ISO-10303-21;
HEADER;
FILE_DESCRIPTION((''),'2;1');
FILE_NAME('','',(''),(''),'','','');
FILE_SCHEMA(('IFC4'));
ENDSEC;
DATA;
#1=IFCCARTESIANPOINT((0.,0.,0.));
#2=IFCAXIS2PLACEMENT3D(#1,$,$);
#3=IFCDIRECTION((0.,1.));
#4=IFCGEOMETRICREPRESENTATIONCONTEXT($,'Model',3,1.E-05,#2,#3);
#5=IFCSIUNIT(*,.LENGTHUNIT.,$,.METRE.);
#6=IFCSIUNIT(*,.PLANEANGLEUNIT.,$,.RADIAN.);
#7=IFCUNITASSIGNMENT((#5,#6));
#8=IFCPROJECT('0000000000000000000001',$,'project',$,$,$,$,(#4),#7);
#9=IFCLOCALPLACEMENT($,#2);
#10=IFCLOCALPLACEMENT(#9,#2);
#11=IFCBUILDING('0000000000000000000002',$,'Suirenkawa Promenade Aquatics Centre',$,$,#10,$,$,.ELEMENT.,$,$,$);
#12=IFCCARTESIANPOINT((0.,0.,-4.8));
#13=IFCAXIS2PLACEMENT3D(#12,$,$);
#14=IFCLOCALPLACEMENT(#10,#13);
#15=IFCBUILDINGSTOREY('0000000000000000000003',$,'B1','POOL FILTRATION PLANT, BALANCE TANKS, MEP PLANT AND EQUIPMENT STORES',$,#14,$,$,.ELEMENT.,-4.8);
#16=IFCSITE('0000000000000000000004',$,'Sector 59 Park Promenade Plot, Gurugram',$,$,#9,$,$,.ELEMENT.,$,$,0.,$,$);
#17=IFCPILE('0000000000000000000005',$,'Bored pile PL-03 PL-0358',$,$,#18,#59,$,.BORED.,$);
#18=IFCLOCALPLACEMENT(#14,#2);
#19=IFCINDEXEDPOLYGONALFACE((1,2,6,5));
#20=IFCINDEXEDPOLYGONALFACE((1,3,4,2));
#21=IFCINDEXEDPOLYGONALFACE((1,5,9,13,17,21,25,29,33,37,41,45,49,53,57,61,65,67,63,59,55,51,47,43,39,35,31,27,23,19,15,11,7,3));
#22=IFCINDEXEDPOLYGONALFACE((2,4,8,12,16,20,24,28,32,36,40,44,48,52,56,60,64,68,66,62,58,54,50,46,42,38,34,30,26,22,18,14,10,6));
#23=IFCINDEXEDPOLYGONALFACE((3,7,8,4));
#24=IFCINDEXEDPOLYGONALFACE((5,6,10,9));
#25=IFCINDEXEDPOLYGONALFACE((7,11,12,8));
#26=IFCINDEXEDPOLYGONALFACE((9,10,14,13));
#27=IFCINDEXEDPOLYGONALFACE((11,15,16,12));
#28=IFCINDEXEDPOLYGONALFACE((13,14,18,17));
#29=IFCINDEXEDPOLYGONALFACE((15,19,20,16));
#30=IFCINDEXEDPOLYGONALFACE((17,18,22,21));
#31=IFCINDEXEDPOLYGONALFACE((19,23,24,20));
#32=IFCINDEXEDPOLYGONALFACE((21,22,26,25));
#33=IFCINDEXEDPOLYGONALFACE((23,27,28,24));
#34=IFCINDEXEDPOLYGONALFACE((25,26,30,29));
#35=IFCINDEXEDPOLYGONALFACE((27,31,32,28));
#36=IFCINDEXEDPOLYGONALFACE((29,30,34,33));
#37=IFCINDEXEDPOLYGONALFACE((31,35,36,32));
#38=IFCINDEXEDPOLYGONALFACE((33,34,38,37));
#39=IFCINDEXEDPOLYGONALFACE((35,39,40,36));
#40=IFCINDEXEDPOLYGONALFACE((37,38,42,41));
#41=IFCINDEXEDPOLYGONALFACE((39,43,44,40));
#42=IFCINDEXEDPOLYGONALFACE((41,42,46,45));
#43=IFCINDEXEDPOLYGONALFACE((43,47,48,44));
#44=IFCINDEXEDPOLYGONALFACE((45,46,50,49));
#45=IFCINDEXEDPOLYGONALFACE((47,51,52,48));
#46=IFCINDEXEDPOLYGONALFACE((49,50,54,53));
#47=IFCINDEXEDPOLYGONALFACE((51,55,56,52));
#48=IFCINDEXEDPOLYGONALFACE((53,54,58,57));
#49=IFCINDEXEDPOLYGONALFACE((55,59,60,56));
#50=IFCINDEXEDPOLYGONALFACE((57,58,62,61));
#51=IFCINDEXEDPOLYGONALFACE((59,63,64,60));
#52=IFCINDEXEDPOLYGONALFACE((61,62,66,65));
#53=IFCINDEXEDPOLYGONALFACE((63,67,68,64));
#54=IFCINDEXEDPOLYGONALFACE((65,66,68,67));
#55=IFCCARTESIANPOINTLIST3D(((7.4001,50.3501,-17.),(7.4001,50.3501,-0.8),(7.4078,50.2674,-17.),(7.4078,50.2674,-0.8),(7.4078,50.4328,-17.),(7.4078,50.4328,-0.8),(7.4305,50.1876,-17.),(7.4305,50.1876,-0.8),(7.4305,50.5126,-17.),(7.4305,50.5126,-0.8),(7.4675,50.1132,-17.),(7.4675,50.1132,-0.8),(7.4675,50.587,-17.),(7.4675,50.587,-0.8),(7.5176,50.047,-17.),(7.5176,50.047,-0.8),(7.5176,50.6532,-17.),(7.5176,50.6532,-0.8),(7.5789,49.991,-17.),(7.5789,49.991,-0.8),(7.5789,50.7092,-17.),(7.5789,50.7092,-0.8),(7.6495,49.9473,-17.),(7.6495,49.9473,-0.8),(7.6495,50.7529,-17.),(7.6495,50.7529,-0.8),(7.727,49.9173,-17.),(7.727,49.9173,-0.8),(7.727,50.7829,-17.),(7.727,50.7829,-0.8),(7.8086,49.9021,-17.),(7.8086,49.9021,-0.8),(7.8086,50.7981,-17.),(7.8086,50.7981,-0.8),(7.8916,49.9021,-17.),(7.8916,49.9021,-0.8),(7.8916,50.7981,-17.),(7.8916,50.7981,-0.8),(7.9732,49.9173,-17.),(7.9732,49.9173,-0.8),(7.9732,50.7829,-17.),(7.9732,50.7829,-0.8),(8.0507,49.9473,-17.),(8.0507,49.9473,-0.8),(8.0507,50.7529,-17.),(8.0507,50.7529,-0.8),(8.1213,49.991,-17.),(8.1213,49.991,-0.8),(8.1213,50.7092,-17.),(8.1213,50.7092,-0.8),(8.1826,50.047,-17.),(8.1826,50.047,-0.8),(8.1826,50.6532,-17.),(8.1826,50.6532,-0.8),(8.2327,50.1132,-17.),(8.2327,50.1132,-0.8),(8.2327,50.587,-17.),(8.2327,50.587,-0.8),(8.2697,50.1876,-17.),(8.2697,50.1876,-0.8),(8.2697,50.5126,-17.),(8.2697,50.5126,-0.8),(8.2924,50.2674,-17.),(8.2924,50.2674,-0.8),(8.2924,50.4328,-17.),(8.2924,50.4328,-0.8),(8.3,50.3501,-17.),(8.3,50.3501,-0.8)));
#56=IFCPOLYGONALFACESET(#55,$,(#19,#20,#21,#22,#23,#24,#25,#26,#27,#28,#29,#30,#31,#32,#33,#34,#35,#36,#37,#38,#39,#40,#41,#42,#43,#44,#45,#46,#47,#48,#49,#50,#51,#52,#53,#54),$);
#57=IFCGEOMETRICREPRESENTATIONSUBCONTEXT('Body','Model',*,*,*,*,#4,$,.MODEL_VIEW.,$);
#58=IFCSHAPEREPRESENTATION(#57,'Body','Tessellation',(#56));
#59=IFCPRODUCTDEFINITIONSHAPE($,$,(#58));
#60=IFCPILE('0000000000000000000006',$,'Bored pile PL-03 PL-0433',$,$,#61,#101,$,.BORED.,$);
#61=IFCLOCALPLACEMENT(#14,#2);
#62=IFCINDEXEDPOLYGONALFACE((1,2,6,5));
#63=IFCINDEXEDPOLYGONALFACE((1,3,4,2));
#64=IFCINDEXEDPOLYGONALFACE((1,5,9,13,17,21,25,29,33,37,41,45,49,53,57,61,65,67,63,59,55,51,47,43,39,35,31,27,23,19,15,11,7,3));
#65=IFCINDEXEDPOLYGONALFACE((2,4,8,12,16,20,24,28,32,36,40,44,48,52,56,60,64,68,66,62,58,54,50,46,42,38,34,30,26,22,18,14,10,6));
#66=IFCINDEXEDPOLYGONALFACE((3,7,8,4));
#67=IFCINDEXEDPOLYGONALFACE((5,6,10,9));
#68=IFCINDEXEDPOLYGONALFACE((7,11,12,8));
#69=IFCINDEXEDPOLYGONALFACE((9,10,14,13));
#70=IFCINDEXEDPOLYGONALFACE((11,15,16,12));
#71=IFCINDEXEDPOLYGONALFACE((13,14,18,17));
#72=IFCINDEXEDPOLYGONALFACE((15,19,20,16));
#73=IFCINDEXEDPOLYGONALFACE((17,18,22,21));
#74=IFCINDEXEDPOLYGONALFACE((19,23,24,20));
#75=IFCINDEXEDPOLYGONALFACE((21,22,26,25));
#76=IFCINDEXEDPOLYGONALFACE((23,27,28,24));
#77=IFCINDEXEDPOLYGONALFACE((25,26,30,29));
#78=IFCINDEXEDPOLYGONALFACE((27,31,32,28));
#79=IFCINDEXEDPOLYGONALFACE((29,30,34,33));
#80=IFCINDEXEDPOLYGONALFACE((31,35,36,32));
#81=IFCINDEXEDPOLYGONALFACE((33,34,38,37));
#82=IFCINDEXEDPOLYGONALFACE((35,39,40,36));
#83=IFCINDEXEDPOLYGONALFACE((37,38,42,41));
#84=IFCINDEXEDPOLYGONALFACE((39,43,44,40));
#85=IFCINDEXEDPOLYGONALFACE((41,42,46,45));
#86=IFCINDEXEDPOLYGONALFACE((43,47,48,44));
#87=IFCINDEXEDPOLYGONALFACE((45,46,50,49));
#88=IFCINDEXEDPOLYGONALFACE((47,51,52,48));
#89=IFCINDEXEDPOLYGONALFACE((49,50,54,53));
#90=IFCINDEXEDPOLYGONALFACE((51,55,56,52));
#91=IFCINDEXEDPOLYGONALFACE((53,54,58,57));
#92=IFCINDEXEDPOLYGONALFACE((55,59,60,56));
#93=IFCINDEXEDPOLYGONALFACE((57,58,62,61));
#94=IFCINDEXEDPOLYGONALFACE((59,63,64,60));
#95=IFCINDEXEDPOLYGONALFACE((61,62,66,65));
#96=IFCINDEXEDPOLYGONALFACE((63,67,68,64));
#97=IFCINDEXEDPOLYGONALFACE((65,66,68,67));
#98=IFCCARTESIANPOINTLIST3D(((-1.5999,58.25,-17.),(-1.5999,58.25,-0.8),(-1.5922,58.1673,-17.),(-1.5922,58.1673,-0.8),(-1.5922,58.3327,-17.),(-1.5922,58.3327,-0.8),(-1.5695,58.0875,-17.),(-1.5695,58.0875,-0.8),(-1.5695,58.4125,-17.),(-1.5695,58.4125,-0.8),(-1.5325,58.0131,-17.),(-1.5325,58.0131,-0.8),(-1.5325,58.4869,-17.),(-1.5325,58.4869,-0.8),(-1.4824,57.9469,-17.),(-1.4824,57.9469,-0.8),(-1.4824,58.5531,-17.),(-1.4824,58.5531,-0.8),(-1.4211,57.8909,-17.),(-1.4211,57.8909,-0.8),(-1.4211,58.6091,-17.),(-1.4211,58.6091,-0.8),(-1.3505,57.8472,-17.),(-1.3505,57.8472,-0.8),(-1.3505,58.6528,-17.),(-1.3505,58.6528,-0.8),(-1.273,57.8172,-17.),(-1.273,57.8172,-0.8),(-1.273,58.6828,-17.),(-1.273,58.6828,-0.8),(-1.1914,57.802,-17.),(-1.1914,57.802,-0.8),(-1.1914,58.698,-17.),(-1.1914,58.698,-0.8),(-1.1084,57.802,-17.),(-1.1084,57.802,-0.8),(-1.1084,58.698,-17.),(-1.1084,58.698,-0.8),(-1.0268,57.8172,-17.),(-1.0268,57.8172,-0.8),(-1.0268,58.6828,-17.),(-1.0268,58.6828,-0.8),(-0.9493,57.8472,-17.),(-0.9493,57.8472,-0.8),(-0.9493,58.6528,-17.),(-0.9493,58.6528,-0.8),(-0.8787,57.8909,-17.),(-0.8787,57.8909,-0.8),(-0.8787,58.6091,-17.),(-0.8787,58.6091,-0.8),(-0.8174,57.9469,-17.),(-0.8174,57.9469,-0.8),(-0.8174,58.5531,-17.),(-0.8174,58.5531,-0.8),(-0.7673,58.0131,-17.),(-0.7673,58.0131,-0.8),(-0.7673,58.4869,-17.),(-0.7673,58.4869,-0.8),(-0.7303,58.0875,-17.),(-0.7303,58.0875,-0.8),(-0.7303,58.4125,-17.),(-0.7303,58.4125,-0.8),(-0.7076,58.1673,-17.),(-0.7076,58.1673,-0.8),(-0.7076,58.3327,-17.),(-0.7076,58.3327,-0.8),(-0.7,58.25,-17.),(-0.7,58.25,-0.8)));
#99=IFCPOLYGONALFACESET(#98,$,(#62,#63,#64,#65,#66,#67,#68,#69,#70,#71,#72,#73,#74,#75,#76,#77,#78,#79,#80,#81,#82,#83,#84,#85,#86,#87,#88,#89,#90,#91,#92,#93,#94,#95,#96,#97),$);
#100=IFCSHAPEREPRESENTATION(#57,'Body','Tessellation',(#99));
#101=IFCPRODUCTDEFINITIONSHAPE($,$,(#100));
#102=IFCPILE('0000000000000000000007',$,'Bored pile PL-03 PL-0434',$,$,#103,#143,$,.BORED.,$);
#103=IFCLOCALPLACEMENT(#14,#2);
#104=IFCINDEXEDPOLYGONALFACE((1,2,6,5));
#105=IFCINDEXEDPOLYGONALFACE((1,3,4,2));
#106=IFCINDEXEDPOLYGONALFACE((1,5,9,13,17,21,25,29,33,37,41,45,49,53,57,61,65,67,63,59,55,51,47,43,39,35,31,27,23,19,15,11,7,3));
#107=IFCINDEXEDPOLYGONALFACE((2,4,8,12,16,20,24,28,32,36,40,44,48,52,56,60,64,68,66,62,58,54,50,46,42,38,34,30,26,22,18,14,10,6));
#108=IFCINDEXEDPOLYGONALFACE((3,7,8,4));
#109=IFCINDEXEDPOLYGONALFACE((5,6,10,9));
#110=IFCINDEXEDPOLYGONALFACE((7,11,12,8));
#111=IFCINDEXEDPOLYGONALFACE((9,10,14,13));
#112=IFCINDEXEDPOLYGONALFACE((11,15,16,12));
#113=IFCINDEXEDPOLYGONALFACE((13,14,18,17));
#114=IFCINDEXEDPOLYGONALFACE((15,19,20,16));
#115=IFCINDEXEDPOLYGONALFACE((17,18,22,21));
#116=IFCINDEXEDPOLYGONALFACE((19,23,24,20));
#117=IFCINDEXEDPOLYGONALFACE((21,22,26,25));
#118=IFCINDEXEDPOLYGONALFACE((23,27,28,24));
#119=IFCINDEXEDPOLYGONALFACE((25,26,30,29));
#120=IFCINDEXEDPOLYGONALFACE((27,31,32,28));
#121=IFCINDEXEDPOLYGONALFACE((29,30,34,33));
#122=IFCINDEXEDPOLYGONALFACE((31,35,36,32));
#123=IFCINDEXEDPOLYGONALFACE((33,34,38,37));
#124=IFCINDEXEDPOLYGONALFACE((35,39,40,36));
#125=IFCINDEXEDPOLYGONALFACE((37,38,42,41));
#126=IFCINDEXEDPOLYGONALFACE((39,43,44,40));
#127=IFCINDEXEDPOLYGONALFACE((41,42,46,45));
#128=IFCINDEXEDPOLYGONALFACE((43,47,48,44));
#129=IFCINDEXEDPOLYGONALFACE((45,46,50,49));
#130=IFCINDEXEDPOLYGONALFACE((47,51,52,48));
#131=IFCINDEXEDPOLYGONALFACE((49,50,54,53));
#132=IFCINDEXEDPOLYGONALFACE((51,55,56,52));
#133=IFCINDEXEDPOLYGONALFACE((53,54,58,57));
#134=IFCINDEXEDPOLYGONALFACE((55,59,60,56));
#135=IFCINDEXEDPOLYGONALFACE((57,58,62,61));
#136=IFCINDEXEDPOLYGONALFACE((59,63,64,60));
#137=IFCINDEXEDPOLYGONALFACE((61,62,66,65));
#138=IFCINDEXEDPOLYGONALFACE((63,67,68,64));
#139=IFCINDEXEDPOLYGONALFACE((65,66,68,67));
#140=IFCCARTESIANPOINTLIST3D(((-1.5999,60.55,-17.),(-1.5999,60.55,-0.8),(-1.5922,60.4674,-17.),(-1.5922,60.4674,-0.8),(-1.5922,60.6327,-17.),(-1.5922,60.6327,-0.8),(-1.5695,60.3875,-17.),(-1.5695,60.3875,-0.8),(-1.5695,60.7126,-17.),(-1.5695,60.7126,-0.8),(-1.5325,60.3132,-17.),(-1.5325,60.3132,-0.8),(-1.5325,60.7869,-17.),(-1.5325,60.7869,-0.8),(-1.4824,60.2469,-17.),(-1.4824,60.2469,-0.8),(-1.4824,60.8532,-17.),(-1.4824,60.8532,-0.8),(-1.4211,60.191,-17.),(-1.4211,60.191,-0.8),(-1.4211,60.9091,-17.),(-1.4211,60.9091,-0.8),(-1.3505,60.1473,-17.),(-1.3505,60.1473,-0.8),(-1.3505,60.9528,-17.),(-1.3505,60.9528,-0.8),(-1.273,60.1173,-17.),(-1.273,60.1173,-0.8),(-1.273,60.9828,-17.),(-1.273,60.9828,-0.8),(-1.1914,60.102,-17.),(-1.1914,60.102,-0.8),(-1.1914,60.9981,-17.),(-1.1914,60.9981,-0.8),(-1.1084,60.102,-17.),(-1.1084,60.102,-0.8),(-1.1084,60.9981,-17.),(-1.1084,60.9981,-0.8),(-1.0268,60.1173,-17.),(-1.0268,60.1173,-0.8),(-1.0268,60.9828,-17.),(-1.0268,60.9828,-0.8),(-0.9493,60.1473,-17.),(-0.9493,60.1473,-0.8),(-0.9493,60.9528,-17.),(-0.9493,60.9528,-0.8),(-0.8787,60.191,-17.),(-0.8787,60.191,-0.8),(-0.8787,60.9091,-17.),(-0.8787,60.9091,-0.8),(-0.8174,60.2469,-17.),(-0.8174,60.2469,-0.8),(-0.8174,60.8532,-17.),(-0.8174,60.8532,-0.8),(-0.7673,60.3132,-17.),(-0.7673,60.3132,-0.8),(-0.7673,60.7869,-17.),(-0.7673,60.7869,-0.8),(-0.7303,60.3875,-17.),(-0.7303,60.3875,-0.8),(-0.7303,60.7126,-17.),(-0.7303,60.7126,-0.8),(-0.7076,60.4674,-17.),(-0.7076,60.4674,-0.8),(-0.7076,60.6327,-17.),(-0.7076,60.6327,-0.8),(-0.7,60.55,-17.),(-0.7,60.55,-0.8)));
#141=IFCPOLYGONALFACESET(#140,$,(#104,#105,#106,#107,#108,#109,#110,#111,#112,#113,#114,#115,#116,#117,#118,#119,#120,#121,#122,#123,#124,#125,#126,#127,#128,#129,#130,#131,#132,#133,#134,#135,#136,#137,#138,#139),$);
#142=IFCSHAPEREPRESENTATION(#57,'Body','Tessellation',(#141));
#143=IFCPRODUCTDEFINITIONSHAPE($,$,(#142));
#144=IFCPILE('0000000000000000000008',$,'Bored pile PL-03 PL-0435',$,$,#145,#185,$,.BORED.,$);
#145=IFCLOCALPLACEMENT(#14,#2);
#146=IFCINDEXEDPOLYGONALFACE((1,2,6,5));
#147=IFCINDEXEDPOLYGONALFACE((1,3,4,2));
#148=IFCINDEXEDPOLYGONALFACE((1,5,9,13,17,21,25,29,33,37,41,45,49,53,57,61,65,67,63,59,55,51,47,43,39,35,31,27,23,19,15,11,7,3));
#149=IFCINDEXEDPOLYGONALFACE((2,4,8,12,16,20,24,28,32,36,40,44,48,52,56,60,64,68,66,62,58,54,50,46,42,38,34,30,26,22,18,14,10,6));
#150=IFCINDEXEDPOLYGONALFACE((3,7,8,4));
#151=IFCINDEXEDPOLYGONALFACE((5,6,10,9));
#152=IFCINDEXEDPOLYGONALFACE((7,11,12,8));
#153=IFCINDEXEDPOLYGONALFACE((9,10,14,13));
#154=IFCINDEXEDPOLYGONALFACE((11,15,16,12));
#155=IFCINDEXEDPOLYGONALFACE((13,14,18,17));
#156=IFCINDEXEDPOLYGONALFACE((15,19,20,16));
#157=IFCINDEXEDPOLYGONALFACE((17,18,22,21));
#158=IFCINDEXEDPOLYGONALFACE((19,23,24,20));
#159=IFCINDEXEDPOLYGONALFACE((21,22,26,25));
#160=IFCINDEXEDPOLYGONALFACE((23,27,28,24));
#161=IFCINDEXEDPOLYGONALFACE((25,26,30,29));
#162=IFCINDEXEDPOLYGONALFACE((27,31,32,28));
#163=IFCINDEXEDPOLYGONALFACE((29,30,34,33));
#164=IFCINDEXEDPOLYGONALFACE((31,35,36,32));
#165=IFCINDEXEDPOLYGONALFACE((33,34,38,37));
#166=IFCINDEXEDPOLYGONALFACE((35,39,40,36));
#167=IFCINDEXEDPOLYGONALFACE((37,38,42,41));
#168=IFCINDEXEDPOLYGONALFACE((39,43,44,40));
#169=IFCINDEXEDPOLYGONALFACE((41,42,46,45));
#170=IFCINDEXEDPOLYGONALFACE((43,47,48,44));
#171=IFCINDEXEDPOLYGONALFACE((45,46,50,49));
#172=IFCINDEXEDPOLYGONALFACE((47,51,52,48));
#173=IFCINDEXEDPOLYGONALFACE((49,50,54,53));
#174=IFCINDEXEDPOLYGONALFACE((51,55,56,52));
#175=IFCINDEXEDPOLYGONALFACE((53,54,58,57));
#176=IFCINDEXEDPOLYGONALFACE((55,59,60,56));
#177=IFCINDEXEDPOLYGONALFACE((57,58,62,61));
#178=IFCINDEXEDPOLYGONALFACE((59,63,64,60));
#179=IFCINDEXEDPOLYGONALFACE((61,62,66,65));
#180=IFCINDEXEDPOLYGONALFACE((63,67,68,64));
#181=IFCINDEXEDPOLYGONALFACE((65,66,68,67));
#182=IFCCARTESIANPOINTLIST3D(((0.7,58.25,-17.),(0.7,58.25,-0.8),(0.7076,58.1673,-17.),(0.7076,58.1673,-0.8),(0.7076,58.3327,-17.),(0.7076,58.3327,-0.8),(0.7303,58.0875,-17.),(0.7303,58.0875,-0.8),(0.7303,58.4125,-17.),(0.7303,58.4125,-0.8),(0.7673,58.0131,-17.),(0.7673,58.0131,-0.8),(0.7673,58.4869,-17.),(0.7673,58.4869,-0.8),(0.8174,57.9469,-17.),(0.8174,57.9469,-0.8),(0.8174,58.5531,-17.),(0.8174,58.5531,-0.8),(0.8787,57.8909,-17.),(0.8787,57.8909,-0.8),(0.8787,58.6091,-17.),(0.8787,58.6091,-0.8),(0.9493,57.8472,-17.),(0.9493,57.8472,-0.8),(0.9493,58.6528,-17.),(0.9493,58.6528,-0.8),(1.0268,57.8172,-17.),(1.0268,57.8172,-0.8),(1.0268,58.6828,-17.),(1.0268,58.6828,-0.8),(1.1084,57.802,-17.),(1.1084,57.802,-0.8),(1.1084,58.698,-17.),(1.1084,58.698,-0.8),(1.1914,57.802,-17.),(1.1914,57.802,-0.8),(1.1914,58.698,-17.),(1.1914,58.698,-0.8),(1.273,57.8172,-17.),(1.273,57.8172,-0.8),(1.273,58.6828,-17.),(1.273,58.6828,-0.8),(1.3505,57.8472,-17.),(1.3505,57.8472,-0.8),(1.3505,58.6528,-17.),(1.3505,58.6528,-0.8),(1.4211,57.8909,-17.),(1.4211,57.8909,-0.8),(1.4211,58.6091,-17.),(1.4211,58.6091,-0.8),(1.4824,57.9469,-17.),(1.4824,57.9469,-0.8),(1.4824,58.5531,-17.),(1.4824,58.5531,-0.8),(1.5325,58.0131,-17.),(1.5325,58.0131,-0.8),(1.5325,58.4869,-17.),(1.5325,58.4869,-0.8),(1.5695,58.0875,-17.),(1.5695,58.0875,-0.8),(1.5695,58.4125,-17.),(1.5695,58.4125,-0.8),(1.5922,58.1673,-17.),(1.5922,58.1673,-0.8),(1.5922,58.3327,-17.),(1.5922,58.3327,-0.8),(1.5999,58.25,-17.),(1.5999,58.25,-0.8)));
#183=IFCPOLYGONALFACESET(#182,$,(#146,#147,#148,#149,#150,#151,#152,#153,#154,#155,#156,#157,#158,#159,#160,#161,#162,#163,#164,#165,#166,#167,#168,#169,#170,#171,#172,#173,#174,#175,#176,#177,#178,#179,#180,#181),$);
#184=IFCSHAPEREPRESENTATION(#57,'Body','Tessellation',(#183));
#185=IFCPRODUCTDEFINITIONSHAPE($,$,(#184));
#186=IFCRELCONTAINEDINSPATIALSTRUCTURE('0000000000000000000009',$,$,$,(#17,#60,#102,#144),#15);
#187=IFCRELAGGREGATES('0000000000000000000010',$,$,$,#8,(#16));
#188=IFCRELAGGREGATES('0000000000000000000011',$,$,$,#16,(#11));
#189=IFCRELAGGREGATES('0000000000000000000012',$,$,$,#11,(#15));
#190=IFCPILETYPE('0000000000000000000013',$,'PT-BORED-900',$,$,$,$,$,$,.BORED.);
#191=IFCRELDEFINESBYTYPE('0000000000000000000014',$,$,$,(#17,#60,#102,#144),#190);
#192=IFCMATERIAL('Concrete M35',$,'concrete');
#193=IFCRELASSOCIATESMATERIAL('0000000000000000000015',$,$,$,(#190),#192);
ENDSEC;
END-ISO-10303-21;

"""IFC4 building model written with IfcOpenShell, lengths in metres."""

from ifc_helpers import new_model, si_unit, direction, frame, origin, origin_2d, place, context, subcontext, project, spatial, circle, extrude, material, material_profile, profile_set, type_object, element, save


model = new_model("IFC4")

# Units and contexts
model_context = context("Model", 3, precision=1e-05, world=origin(), true_north=direction((0.0, 1.0)))
body_context = subcontext(model_context, "Body", "Model", "MODEL_VIEW")
ifc_project = project(units=[si_unit("LENGTHUNIT", "METRE"), si_unit("PLANEANGLEUNIT", "RADIAN")], contexts=[model_context])

# Site, building, storey
site_placement = place(None, origin())
site = spatial("IfcSite", under=ifc_project, at=site_placement, Name="Sector 59 Park Promenade Plot, Gurugram", CompositionType="ELEMENT", RefElevation=0.0)
building_placement = place(site_placement, origin())
building = spatial("IfcBuilding", under=site, at=building_placement, Name="Suirenkawa Promenade Aquatics Centre", CompositionType="ELEMENT")
storey_placement = place(building_placement, frame((0.0, 0.0, -4.8)))
storey = spatial("IfcBuildingStorey", under=building, at=storey_placement, Name="B1", Description="POOL FILTRATION PLANT, BALANCE TANKS, MEP PLANT AND EQUIPMENT STORES", CompositionType="ELEMENT", Elevation=-4.8)

# Shared definitions
ifc_material_1 = material(Name="Concrete M35", Category="concrete")

# Piles
ifc_material_profile_1 = material_profile(ifc_material_1, circle(Radius=0.45, at=origin_2d()), Name="PILE D900", Category="concrete")
ifc_profile_set_1 = profile_set([ifc_material_profile_1], Name="Concrete M35")
pile_type = type_object("IfcPileType", Name="PT-BORED-900", PredefinedType="BORED", material=ifc_profile_set_1)
for number, where, z_axis, x_axis, name in (
    (1, (7.8501, 50.3501, -0.8), (0.0, 0.0, -1.0), (1.0, 0.0, 0.0), "Bored pile PL-03 PL-0358"),
    (2, (-1.1499, 58.25, -0.8), (0.0, 0.0, -1.0), (1.0, 0.0, 0.0), "Bored pile PL-03 PL-0433"),
    (3, (-1.1499, 60.55, -0.8), (0.0, 0.0, -1.0), (1.0, 0.0, 0.0), "Bored pile PL-03 PL-0434"),
    (4, (1.1499, 58.25, -0.8), (0.0, 0.0, -1.0), (1.0, 0.0, 0.0), "Bored pile PL-03 PL-0435"),
):
    element("IfcPile", number, at=place(storey_placement, frame(where, z_axis=z_axis, x_axis=x_axis)), inside=storey, type_object=pile_type, Name=name, PredefinedType="BORED", context=body_context, shape_type="SweptSolid", body=[
        extrude(circle(Radius=0.45, at=origin_2d()), origin(), (0.0, 0.0, 1.0), 16.2),
    ])

save(model, "model.ifc")
